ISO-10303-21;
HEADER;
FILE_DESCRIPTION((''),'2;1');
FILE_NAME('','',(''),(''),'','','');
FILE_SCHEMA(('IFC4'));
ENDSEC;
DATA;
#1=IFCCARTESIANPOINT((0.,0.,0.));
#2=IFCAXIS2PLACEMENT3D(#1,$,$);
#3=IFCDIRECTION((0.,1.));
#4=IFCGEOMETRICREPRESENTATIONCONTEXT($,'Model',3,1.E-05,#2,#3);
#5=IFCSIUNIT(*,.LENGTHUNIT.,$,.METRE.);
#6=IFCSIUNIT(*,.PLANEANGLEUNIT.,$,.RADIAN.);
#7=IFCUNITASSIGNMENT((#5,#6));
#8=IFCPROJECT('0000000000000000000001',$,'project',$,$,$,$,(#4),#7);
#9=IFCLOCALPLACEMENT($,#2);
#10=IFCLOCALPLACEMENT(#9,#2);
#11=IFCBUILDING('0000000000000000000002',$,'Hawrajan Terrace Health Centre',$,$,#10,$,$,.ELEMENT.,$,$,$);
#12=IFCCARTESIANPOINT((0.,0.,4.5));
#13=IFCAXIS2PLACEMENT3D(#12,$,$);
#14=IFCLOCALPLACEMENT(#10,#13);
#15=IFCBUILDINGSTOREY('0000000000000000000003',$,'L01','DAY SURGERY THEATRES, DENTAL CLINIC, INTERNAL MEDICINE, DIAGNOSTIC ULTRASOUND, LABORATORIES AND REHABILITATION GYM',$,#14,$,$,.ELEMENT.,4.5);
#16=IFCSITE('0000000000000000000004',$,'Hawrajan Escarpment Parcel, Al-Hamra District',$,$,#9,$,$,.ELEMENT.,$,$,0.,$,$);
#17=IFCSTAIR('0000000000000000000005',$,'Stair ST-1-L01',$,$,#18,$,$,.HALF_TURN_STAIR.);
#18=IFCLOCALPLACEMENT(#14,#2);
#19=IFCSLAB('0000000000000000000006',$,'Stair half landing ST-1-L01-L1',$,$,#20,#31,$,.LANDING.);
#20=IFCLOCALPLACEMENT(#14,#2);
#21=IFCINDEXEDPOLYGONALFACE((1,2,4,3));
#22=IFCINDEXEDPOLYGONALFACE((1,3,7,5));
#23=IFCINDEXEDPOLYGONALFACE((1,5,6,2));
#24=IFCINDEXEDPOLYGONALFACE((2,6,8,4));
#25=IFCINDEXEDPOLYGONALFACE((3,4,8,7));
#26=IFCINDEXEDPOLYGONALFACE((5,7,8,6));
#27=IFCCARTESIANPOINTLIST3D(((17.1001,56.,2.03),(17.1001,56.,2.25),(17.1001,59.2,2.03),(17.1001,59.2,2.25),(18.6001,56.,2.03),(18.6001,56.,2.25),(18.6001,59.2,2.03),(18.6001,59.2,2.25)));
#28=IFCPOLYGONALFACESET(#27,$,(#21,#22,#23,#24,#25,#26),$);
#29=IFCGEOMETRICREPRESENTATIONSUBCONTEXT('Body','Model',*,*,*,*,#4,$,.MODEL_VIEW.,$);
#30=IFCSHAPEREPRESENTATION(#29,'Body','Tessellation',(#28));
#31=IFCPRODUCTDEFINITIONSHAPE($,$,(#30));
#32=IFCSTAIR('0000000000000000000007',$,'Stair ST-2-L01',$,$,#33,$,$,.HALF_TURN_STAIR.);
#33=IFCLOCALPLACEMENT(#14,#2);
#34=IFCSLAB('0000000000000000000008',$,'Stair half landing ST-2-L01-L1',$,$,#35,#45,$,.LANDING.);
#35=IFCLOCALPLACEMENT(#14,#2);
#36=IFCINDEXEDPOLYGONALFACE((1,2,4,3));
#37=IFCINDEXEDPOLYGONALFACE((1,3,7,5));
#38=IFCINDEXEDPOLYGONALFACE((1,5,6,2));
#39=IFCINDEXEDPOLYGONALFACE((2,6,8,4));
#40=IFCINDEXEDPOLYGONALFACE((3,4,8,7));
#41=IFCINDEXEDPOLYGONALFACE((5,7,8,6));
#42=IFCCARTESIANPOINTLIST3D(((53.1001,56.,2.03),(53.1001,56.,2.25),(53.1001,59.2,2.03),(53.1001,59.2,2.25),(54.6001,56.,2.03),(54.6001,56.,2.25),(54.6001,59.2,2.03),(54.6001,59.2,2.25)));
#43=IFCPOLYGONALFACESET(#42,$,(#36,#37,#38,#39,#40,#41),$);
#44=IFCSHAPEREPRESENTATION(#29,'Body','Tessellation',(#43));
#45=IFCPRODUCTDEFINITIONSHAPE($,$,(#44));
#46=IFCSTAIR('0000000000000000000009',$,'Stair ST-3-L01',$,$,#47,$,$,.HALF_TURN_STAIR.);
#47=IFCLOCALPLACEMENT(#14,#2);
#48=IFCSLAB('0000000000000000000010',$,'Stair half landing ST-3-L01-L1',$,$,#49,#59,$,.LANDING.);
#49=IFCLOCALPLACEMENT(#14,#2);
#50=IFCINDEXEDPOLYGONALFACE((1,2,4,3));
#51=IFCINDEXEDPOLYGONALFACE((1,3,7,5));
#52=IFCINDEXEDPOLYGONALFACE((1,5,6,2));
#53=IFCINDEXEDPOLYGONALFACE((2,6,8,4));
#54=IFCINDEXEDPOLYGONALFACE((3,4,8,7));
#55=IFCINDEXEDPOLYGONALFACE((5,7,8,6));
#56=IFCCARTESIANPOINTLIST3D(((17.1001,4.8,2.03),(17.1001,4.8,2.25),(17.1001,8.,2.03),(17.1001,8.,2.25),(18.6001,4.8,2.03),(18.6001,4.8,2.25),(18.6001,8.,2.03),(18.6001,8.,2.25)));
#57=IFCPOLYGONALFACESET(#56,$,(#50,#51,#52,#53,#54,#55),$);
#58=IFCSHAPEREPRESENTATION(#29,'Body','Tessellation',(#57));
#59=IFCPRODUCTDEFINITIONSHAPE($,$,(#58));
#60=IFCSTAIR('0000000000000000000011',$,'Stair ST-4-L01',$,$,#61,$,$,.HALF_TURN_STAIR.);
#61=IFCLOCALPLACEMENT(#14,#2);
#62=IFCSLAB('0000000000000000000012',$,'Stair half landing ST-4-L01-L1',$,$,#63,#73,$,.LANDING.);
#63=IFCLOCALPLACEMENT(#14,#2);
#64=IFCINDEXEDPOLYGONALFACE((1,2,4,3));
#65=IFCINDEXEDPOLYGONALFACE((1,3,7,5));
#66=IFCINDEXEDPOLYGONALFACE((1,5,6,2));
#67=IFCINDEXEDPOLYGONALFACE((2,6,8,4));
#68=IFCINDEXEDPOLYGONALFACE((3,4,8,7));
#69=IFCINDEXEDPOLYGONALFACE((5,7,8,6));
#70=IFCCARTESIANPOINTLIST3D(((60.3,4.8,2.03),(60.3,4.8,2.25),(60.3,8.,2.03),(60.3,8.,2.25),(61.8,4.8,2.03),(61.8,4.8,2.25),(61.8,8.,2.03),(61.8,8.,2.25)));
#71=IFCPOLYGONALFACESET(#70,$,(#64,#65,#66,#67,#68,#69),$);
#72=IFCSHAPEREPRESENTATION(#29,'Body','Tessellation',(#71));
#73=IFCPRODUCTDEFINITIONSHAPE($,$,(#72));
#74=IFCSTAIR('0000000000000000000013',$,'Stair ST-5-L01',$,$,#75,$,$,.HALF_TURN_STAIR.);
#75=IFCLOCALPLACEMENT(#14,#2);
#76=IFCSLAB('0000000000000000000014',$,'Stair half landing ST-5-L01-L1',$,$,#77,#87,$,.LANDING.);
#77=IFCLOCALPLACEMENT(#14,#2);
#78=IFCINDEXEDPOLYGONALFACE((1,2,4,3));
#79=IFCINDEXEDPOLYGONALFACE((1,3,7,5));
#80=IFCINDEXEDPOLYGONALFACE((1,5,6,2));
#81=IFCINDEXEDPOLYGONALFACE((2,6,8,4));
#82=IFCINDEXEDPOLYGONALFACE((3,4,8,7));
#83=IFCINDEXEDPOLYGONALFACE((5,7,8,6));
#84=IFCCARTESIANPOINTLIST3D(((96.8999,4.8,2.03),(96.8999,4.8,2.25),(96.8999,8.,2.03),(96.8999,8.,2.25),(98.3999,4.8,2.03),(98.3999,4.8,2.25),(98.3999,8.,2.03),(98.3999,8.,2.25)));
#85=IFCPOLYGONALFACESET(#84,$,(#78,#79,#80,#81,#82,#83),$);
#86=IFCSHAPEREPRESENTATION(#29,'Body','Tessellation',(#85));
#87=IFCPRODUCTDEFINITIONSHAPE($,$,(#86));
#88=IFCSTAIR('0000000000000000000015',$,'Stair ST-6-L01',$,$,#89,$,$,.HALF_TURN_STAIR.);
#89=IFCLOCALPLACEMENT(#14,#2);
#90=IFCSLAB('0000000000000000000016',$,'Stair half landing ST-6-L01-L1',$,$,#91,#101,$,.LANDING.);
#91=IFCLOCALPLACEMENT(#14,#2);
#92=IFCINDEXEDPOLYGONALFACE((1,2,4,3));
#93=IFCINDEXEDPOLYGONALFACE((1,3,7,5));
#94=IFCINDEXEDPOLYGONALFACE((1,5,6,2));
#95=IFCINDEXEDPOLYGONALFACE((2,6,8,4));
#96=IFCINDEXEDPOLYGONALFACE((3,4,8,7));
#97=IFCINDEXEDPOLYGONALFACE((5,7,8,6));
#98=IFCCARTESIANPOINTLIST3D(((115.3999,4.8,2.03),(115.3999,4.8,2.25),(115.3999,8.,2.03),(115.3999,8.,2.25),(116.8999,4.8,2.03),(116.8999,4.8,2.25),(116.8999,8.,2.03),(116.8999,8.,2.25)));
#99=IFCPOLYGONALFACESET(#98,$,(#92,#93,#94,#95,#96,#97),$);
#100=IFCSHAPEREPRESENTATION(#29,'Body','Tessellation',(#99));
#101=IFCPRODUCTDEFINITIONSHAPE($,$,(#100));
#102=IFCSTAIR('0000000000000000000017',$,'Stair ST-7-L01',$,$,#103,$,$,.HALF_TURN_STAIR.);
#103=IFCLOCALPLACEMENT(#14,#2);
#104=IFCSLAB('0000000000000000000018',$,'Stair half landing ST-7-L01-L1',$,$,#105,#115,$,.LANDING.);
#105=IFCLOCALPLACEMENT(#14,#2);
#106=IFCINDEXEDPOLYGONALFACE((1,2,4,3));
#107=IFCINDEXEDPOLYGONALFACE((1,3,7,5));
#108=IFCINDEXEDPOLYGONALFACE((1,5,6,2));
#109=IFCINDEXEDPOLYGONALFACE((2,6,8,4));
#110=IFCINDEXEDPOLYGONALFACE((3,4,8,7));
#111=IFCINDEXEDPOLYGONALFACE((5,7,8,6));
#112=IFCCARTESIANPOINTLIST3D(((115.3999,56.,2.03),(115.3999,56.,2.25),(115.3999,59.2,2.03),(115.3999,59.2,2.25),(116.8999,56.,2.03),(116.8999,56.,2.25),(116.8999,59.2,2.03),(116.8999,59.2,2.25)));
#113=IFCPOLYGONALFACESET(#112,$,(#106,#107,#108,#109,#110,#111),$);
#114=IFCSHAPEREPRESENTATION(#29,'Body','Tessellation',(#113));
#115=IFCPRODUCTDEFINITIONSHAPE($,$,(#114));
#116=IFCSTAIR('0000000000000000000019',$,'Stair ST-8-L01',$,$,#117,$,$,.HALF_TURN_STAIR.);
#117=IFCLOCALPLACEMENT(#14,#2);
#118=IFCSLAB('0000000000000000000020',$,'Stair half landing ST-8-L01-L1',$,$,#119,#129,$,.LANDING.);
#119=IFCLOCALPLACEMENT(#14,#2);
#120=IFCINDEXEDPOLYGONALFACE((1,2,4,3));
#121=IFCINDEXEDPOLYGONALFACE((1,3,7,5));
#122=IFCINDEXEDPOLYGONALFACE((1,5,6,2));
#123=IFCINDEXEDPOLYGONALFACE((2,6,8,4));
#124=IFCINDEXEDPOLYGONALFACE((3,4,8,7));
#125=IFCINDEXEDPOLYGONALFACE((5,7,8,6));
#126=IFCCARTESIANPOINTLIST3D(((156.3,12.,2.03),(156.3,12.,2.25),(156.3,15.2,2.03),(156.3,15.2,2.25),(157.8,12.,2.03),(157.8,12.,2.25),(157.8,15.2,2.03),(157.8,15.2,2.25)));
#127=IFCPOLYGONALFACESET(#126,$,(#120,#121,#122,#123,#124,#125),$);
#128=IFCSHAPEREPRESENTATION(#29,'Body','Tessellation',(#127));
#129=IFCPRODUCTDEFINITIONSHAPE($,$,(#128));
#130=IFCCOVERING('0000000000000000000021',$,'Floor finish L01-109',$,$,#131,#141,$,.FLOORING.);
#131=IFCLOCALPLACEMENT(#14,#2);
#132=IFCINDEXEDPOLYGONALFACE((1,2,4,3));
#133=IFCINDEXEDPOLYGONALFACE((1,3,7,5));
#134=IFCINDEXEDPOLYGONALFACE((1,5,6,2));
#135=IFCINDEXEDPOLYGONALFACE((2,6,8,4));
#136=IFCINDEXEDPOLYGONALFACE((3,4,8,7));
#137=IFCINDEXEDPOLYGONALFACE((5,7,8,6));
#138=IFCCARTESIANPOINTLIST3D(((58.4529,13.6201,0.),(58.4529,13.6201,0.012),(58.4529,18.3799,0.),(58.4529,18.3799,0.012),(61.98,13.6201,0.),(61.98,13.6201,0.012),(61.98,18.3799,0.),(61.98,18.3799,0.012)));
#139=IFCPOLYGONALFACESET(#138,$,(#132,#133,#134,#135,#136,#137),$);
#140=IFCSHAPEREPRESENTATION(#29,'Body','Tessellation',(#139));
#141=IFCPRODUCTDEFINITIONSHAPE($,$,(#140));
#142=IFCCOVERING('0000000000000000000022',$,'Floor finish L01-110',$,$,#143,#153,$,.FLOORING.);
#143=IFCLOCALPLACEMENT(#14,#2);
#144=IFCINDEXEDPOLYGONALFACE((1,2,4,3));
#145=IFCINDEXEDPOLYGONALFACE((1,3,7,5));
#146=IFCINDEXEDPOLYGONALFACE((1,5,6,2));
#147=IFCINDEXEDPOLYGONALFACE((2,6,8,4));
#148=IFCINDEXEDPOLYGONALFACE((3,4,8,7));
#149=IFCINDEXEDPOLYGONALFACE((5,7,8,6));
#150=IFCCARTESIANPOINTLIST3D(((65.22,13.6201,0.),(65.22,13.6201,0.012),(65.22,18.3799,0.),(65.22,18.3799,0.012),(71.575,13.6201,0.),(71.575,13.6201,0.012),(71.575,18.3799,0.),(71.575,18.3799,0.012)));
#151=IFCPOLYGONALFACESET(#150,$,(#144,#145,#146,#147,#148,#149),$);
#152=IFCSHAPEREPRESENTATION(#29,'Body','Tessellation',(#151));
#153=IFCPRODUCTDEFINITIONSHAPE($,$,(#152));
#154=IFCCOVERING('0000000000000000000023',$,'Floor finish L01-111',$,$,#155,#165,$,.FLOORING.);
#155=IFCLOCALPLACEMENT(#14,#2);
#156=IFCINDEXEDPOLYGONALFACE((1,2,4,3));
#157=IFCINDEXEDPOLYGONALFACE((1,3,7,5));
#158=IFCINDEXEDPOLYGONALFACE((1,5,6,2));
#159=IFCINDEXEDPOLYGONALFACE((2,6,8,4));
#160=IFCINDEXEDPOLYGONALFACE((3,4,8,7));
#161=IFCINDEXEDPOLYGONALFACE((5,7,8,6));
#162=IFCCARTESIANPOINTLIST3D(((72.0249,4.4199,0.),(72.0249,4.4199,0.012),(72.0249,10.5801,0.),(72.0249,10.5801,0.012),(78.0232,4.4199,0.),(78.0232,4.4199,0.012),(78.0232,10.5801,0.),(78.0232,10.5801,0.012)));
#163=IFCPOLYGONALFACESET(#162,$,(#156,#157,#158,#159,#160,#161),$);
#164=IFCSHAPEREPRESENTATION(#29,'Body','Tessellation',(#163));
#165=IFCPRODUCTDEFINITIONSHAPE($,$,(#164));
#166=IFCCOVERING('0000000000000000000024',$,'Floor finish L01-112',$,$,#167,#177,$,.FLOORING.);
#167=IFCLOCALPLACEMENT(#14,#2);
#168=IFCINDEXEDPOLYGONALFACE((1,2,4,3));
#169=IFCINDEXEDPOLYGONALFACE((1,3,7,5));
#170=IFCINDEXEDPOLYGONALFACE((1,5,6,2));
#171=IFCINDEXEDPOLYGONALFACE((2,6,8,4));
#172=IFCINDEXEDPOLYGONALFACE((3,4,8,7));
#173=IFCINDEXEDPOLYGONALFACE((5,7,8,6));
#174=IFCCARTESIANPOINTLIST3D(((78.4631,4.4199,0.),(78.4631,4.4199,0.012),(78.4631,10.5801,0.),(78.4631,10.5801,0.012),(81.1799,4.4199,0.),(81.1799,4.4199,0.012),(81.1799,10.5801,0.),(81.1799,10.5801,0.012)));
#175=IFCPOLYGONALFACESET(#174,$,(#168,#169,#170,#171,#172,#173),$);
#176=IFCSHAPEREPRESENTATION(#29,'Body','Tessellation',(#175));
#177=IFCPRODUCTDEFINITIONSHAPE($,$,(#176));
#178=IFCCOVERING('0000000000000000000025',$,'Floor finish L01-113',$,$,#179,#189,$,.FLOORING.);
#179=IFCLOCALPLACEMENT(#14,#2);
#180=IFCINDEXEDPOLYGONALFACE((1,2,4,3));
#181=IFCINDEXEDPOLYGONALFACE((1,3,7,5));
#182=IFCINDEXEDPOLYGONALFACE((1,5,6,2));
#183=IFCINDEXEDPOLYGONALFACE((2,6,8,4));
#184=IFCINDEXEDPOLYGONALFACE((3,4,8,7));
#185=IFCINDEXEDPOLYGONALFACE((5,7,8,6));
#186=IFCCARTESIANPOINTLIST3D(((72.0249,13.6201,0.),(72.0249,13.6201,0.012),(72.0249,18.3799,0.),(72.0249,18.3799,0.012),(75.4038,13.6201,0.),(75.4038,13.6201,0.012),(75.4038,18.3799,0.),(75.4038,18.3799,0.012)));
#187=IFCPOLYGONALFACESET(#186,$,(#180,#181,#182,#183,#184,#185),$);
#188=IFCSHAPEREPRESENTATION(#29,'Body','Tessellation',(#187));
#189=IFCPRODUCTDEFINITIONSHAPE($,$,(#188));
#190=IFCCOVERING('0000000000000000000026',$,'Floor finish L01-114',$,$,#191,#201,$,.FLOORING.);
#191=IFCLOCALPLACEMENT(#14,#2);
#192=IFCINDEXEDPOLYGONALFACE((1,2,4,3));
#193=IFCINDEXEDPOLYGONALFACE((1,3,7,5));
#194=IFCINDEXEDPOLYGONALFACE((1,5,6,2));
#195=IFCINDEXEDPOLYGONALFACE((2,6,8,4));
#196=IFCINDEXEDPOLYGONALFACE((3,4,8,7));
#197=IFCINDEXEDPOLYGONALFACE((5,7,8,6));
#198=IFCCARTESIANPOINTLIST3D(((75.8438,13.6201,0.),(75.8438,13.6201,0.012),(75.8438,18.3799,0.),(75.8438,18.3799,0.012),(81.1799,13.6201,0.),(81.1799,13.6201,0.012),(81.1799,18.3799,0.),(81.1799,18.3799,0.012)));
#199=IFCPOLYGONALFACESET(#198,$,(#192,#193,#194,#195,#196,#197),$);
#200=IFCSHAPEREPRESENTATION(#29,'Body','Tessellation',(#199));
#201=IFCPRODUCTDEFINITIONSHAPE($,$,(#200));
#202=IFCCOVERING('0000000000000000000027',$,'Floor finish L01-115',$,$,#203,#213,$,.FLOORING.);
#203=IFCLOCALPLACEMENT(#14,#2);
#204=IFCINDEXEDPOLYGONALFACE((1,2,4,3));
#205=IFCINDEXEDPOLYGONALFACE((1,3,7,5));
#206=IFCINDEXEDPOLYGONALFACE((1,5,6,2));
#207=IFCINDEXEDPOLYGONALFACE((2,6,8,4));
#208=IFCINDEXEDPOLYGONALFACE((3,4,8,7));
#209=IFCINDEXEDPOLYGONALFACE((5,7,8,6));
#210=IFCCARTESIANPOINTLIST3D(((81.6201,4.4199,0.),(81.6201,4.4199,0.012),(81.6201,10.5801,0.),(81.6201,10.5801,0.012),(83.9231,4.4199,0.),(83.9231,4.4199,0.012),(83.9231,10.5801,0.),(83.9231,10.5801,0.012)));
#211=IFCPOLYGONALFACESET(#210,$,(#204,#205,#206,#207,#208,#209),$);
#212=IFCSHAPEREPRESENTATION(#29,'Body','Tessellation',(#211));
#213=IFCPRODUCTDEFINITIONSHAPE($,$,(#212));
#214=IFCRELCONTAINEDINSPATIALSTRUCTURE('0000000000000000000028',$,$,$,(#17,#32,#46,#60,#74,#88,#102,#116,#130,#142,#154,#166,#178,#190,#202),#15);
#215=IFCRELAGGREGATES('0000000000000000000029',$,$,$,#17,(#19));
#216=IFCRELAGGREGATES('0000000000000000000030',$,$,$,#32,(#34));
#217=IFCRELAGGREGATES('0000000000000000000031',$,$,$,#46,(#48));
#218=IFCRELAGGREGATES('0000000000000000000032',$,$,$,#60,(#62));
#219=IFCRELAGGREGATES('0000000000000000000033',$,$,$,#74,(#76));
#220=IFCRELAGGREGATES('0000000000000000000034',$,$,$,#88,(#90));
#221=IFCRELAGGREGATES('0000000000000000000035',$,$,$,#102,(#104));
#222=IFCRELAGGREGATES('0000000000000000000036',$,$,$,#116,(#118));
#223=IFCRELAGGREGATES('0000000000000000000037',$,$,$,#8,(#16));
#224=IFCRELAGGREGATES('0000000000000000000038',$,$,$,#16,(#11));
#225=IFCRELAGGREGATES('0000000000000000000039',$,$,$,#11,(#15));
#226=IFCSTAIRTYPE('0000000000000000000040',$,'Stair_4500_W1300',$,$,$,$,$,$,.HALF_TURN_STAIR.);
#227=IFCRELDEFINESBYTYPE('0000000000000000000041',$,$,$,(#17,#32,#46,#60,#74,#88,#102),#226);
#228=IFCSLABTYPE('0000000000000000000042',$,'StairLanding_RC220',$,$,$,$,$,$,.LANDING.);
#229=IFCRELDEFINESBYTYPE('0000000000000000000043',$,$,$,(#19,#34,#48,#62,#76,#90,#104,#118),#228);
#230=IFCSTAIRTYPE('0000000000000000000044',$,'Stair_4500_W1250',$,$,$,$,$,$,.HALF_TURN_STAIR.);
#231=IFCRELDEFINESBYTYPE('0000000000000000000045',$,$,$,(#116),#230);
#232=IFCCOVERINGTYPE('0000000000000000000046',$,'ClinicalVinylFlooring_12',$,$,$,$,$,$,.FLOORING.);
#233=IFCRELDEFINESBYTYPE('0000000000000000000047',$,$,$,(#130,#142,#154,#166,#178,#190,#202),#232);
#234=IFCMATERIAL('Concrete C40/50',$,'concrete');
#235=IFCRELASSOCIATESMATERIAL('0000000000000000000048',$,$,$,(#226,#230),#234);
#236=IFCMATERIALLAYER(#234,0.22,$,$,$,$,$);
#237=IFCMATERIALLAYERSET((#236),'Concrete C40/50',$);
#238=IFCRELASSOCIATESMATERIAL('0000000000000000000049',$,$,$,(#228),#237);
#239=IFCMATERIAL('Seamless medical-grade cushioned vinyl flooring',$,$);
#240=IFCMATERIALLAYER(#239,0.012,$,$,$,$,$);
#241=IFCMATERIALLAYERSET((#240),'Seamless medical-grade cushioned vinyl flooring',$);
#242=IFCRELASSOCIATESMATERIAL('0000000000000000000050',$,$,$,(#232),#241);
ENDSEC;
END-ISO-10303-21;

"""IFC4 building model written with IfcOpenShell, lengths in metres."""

from ifc_helpers import new_model, si_unit, direction, frame, origin, place, context, subcontext, project, spatial, polyline, outline, extrude, material, layer, layer_set, type_object, element, aggregate, save


model = new_model("IFC4")

# Units and contexts
model_context = context("Model", 3, precision=1e-05, world=origin(), true_north=direction((0.0, 1.0)))
body_context = subcontext(model_context, "Body", "Model", "MODEL_VIEW")
ifc_project = project(units=[si_unit("LENGTHUNIT", "METRE"), si_unit("PLANEANGLEUNIT", "RADIAN")], contexts=[model_context])

# Site, building, storey
site_placement = place(None, origin())
site = spatial("IfcSite", under=ifc_project, at=site_placement, Name="Hawrajan Escarpment Parcel, Al-Hamra District", CompositionType="ELEMENT", RefElevation=0.0)
building_placement = place(site_placement, origin())
building = spatial("IfcBuilding", under=site, at=building_placement, Name="Hawrajan Terrace Health Centre", CompositionType="ELEMENT")
storey_placement = place(building_placement, frame((0.0, 0.0, 4.5)))
storey = spatial("IfcBuildingStorey", under=building, at=storey_placement, Name="L01", Description="DAY SURGERY THEATRES, DENTAL CLINIC, INTERNAL MEDICINE, DIAGNOSTIC ULTRASOUND, LABORATORIES AND REHABILITATION GYM", CompositionType="ELEMENT", Elevation=4.5)

# Stairs, slabs
ifc_material_1 = material(Name="Concrete C40/50", Category="concrete")
stair_type_1 = type_object("IfcStairType", Name="Stair_4500_W1300", PredefinedType="HALF_TURN_STAIR", material=ifc_material_1)
stair_1_placement = place(storey_placement, origin())
stair_1 = element("IfcStair", 1, at=stair_1_placement, inside=storey, type_object=stair_type_1, Name="Stair ST-1-L01", PredefinedType="HALF_TURN_STAIR")
ifc_layer_1 = layer(ifc_material_1, 0.22)
ifc_layer_set_1 = layer_set([ifc_layer_1], Name="Concrete C40/50")
slab_type = type_object("IfcSlabType", Name="StairLanding_RC220", PredefinedType="LANDING", material=ifc_layer_set_1)
slab_1_placement = place(storey_placement, frame((0.0, 0.0, 2.03)))
slab_1 = element("IfcSlab", 2, at=slab_1_placement, type_object=slab_type, Name="Stair half landing ST-1-L01-L1", PredefinedType="LANDING", context=body_context, shape_type="SweptSolid", body=[
    extrude(outline(polyline([(17.1001, 56.0), (18.6001, 56.0), (18.6001, 59.2), (17.1001, 59.2), (17.1001, 56.0)])), origin(), (0.0, 0.0, 1.0), 0.22),
])
aggregate(stair_1, [slab_1])
stair_2_placement = place(storey_placement, origin())
stair_2 = element("IfcStair", 3, at=stair_2_placement, inside=storey, type_object=stair_type_1, Name="Stair ST-2-L01", PredefinedType="HALF_TURN_STAIR")
slab_2_placement = place(storey_placement, frame((0.0, 0.0, 2.03)))
slab_2 = element("IfcSlab", 4, at=slab_2_placement, type_object=slab_type, Name="Stair half landing ST-2-L01-L1", PredefinedType="LANDING", context=body_context, shape_type="SweptSolid", body=[
    extrude(outline(polyline([(53.1001, 56.0), (54.6001, 56.0), (54.6001, 59.2), (53.1001, 59.2), (53.1001, 56.0)])), origin(), (0.0, 0.0, 1.0), 0.22),
])
aggregate(stair_2, [slab_2])
stair_3_placement = place(storey_placement, origin())
stair_3 = element("IfcStair", 5, at=stair_3_placement, inside=storey, type_object=stair_type_1, Name="Stair ST-3-L01", PredefinedType="HALF_TURN_STAIR")
slab_3_placement = place(storey_placement, frame((0.0, 0.0, 2.03)))
slab_3 = element("IfcSlab", 6, at=slab_3_placement, type_object=slab_type, Name="Stair half landing ST-3-L01-L1", PredefinedType="LANDING", context=body_context, shape_type="SweptSolid", body=[
    extrude(outline(polyline([(17.1001, 4.8), (18.6001, 4.8), (18.6001, 8.0), (17.1001, 8.0), (17.1001, 4.8)])), origin(), (0.0, 0.0, 1.0), 0.22),
])
aggregate(stair_3, [slab_3])
stair_4_placement = place(storey_placement, origin())
stair_4 = element("IfcStair", 7, at=stair_4_placement, inside=storey, type_object=stair_type_1, Name="Stair ST-4-L01", PredefinedType="HALF_TURN_STAIR")
slab_4_placement = place(storey_placement, frame((0.0, 0.0, 2.03)))
slab_4 = element("IfcSlab", 8, at=slab_4_placement, type_object=slab_type, Name="Stair half landing ST-4-L01-L1", PredefinedType="LANDING", context=body_context, shape_type="SweptSolid", body=[
    extrude(outline(polyline([(60.3, 4.8), (61.8, 4.8), (61.8, 8.0), (60.3, 8.0), (60.3, 4.8)])), origin(), (0.0, 0.0, 1.0), 0.22),
])
aggregate(stair_4, [slab_4])
stair_5_placement = place(storey_placement, origin())
stair_5 = element("IfcStair", 9, at=stair_5_placement, inside=storey, type_object=stair_type_1, Name="Stair ST-5-L01", PredefinedType="HALF_TURN_STAIR")
slab_5_placement = place(storey_placement, frame((0.0, 0.0, 2.03)))
slab_5 = element("IfcSlab", 10, at=slab_5_placement, type_object=slab_type, Name="Stair half landing ST-5-L01-L1", PredefinedType="LANDING", context=body_context, shape_type="SweptSolid", body=[
    extrude(outline(polyline([(96.8999, 4.8), (98.3999, 4.8), (98.3999, 8.0), (96.8999, 8.0), (96.8999, 4.8)])), origin(), (0.0, 0.0, 1.0), 0.22),
])
aggregate(stair_5, [slab_5])
stair_6_placement = place(storey_placement, origin())
stair_6 = element("IfcStair", 11, at=stair_6_placement, inside=storey, type_object=stair_type_1, Name="Stair ST-6-L01", PredefinedType="HALF_TURN_STAIR")
slab_6_placement = place(storey_placement, frame((0.0, 0.0, 2.03)))
slab_6 = element("IfcSlab", 12, at=slab_6_placement, type_object=slab_type, Name="Stair half landing ST-6-L01-L1", PredefinedType="LANDING", context=body_context, shape_type="SweptSolid", body=[
    extrude(outline(polyline([(115.3999, 4.8), (116.8999, 4.8), (116.8999, 8.0), (115.3999, 8.0), (115.3999, 4.8)])), origin(), (0.0, 0.0, 1.0), 0.22),
])
aggregate(stair_6, [slab_6])
stair_7_placement = place(storey_placement, origin())
stair_7 = element("IfcStair", 13, at=stair_7_placement, inside=storey, type_object=stair_type_1, Name="Stair ST-7-L01", PredefinedType="HALF_TURN_STAIR")
slab_7_placement = place(storey_placement, frame((0.0, 0.0, 2.03)))
slab_7 = element("IfcSlab", 14, at=slab_7_placement, type_object=slab_type, Name="Stair half landing ST-7-L01-L1", PredefinedType="LANDING", context=body_context, shape_type="SweptSolid", body=[
    extrude(outline(polyline([(115.3999, 56.0), (116.8999, 56.0), (116.8999, 59.2), (115.3999, 59.2), (115.3999, 56.0)])), origin(), (0.0, 0.0, 1.0), 0.22),
])
aggregate(stair_7, [slab_7])
stair_type_2 = type_object("IfcStairType", Name="Stair_4500_W1250", PredefinedType="HALF_TURN_STAIR", material=ifc_material_1)
stair_8_placement = place(storey_placement, origin())
stair_8 = element("IfcStair", 15, at=stair_8_placement, inside=storey, type_object=stair_type_2, Name="Stair ST-8-L01", PredefinedType="HALF_TURN_STAIR")
slab_8_placement = place(storey_placement, frame((0.0, 0.0, 2.03)))
slab_8 = element("IfcSlab", 16, at=slab_8_placement, type_object=slab_type, Name="Stair half landing ST-8-L01-L1", PredefinedType="LANDING", context=body_context, shape_type="SweptSolid", body=[
    extrude(outline(polyline([(156.3, 12.0), (157.8, 12.0), (157.8, 15.2), (156.3, 15.2), (156.3, 12.0)])), origin(), (0.0, 0.0, 1.0), 0.22),
])
aggregate(stair_8, [slab_8])

# Coverings
ifc_material_2 = material(Name="Seamless medical-grade cushioned vinyl flooring")
ifc_layer_2 = layer(ifc_material_2, 0.012)
ifc_layer_set_2 = layer_set([ifc_layer_2], Name="Seamless medical-grade cushioned vinyl flooring")
covering_type = type_object("IfcCoveringType", Name="ClinicalVinylFlooring_12", PredefinedType="FLOORING", material=ifc_layer_set_2)
covering_1_placement = place(storey_placement, origin())
element("IfcCovering", 17, at=covering_1_placement, inside=storey, type_object=covering_type, Name="Floor finish L01-109", PredefinedType="FLOORING", context=body_context, shape_type="SweptSolid", body=[
    extrude(outline(polyline([(58.4529, 18.3799), (61.98, 18.3799), (61.98, 13.6201), (58.4529, 13.6201), (58.4529, 18.3799)])), origin(), (0.0, 0.0, 1.0), 0.012),
])
covering_2_placement = place(storey_placement, origin())
element("IfcCovering", 18, at=covering_2_placement, inside=storey, type_object=covering_type, Name="Floor finish L01-110", PredefinedType="FLOORING", context=body_context, shape_type="SweptSolid", body=[
    extrude(outline(polyline([(65.22, 18.3799), (71.575, 18.3799), (71.575, 13.6201), (65.22, 13.6201), (65.22, 18.3799)])), origin(), (0.0, 0.0, 1.0), 0.012),
])
covering_3_placement = place(storey_placement, origin())
element("IfcCovering", 19, at=covering_3_placement, inside=storey, type_object=covering_type, Name="Floor finish L01-111", PredefinedType="FLOORING", context=body_context, shape_type="SweptSolid", body=[
    extrude(outline(polyline([(72.0249, 10.5801), (78.0232, 10.5801), (78.0232, 4.4199), (72.0249, 4.4199), (72.0249, 10.5801)])), origin(), (0.0, 0.0, 1.0), 0.012),
])
covering_4_placement = place(storey_placement, origin())
element("IfcCovering", 20, at=covering_4_placement, inside=storey, type_object=covering_type, Name="Floor finish L01-112", PredefinedType="FLOORING", context=body_context, shape_type="SweptSolid", body=[
    extrude(outline(polyline([(78.4631, 10.5801), (81.1799, 10.5801), (81.1799, 4.4199), (78.4631, 4.4199), (78.4631, 10.5801)])), origin(), (0.0, 0.0, 1.0), 0.012),
])
covering_5_placement = place(storey_placement, origin())
element("IfcCovering", 21, at=covering_5_placement, inside=storey, type_object=covering_type, Name="Floor finish L01-113", PredefinedType="FLOORING", context=body_context, shape_type="SweptSolid", body=[
    extrude(outline(polyline([(72.0249, 18.3799), (75.4038, 18.3799), (75.4038, 13.6201), (72.0249, 13.6201), (72.0249, 18.3799)])), origin(), (0.0, 0.0, 1.0), 0.012),
])
covering_6_placement = place(storey_placement, origin())
element("IfcCovering", 22, at=covering_6_placement, inside=storey, type_object=covering_type, Name="Floor finish L01-114", PredefinedType="FLOORING", context=body_context, shape_type="SweptSolid", body=[
    extrude(outline(polyline([(75.8438, 18.3799), (81.1799, 18.3799), (81.1799, 13.6201), (75.8438, 13.6201), (75.8438, 18.3799)])), origin(), (0.0, 0.0, 1.0), 0.012),
])
covering_7_placement = place(storey_placement, origin())
element("IfcCovering", 23, at=covering_7_placement, inside=storey, type_object=covering_type, Name="Floor finish L01-115", PredefinedType="FLOORING", context=body_context, shape_type="SweptSolid", body=[
    extrude(outline(polyline([(81.6201, 10.5801), (83.9231, 10.5801), (83.9231, 4.4199), (81.6201, 4.4199), (81.6201, 10.5801)])), origin(), (0.0, 0.0, 1.0), 0.012),
])

save(model, "model.ifc")
